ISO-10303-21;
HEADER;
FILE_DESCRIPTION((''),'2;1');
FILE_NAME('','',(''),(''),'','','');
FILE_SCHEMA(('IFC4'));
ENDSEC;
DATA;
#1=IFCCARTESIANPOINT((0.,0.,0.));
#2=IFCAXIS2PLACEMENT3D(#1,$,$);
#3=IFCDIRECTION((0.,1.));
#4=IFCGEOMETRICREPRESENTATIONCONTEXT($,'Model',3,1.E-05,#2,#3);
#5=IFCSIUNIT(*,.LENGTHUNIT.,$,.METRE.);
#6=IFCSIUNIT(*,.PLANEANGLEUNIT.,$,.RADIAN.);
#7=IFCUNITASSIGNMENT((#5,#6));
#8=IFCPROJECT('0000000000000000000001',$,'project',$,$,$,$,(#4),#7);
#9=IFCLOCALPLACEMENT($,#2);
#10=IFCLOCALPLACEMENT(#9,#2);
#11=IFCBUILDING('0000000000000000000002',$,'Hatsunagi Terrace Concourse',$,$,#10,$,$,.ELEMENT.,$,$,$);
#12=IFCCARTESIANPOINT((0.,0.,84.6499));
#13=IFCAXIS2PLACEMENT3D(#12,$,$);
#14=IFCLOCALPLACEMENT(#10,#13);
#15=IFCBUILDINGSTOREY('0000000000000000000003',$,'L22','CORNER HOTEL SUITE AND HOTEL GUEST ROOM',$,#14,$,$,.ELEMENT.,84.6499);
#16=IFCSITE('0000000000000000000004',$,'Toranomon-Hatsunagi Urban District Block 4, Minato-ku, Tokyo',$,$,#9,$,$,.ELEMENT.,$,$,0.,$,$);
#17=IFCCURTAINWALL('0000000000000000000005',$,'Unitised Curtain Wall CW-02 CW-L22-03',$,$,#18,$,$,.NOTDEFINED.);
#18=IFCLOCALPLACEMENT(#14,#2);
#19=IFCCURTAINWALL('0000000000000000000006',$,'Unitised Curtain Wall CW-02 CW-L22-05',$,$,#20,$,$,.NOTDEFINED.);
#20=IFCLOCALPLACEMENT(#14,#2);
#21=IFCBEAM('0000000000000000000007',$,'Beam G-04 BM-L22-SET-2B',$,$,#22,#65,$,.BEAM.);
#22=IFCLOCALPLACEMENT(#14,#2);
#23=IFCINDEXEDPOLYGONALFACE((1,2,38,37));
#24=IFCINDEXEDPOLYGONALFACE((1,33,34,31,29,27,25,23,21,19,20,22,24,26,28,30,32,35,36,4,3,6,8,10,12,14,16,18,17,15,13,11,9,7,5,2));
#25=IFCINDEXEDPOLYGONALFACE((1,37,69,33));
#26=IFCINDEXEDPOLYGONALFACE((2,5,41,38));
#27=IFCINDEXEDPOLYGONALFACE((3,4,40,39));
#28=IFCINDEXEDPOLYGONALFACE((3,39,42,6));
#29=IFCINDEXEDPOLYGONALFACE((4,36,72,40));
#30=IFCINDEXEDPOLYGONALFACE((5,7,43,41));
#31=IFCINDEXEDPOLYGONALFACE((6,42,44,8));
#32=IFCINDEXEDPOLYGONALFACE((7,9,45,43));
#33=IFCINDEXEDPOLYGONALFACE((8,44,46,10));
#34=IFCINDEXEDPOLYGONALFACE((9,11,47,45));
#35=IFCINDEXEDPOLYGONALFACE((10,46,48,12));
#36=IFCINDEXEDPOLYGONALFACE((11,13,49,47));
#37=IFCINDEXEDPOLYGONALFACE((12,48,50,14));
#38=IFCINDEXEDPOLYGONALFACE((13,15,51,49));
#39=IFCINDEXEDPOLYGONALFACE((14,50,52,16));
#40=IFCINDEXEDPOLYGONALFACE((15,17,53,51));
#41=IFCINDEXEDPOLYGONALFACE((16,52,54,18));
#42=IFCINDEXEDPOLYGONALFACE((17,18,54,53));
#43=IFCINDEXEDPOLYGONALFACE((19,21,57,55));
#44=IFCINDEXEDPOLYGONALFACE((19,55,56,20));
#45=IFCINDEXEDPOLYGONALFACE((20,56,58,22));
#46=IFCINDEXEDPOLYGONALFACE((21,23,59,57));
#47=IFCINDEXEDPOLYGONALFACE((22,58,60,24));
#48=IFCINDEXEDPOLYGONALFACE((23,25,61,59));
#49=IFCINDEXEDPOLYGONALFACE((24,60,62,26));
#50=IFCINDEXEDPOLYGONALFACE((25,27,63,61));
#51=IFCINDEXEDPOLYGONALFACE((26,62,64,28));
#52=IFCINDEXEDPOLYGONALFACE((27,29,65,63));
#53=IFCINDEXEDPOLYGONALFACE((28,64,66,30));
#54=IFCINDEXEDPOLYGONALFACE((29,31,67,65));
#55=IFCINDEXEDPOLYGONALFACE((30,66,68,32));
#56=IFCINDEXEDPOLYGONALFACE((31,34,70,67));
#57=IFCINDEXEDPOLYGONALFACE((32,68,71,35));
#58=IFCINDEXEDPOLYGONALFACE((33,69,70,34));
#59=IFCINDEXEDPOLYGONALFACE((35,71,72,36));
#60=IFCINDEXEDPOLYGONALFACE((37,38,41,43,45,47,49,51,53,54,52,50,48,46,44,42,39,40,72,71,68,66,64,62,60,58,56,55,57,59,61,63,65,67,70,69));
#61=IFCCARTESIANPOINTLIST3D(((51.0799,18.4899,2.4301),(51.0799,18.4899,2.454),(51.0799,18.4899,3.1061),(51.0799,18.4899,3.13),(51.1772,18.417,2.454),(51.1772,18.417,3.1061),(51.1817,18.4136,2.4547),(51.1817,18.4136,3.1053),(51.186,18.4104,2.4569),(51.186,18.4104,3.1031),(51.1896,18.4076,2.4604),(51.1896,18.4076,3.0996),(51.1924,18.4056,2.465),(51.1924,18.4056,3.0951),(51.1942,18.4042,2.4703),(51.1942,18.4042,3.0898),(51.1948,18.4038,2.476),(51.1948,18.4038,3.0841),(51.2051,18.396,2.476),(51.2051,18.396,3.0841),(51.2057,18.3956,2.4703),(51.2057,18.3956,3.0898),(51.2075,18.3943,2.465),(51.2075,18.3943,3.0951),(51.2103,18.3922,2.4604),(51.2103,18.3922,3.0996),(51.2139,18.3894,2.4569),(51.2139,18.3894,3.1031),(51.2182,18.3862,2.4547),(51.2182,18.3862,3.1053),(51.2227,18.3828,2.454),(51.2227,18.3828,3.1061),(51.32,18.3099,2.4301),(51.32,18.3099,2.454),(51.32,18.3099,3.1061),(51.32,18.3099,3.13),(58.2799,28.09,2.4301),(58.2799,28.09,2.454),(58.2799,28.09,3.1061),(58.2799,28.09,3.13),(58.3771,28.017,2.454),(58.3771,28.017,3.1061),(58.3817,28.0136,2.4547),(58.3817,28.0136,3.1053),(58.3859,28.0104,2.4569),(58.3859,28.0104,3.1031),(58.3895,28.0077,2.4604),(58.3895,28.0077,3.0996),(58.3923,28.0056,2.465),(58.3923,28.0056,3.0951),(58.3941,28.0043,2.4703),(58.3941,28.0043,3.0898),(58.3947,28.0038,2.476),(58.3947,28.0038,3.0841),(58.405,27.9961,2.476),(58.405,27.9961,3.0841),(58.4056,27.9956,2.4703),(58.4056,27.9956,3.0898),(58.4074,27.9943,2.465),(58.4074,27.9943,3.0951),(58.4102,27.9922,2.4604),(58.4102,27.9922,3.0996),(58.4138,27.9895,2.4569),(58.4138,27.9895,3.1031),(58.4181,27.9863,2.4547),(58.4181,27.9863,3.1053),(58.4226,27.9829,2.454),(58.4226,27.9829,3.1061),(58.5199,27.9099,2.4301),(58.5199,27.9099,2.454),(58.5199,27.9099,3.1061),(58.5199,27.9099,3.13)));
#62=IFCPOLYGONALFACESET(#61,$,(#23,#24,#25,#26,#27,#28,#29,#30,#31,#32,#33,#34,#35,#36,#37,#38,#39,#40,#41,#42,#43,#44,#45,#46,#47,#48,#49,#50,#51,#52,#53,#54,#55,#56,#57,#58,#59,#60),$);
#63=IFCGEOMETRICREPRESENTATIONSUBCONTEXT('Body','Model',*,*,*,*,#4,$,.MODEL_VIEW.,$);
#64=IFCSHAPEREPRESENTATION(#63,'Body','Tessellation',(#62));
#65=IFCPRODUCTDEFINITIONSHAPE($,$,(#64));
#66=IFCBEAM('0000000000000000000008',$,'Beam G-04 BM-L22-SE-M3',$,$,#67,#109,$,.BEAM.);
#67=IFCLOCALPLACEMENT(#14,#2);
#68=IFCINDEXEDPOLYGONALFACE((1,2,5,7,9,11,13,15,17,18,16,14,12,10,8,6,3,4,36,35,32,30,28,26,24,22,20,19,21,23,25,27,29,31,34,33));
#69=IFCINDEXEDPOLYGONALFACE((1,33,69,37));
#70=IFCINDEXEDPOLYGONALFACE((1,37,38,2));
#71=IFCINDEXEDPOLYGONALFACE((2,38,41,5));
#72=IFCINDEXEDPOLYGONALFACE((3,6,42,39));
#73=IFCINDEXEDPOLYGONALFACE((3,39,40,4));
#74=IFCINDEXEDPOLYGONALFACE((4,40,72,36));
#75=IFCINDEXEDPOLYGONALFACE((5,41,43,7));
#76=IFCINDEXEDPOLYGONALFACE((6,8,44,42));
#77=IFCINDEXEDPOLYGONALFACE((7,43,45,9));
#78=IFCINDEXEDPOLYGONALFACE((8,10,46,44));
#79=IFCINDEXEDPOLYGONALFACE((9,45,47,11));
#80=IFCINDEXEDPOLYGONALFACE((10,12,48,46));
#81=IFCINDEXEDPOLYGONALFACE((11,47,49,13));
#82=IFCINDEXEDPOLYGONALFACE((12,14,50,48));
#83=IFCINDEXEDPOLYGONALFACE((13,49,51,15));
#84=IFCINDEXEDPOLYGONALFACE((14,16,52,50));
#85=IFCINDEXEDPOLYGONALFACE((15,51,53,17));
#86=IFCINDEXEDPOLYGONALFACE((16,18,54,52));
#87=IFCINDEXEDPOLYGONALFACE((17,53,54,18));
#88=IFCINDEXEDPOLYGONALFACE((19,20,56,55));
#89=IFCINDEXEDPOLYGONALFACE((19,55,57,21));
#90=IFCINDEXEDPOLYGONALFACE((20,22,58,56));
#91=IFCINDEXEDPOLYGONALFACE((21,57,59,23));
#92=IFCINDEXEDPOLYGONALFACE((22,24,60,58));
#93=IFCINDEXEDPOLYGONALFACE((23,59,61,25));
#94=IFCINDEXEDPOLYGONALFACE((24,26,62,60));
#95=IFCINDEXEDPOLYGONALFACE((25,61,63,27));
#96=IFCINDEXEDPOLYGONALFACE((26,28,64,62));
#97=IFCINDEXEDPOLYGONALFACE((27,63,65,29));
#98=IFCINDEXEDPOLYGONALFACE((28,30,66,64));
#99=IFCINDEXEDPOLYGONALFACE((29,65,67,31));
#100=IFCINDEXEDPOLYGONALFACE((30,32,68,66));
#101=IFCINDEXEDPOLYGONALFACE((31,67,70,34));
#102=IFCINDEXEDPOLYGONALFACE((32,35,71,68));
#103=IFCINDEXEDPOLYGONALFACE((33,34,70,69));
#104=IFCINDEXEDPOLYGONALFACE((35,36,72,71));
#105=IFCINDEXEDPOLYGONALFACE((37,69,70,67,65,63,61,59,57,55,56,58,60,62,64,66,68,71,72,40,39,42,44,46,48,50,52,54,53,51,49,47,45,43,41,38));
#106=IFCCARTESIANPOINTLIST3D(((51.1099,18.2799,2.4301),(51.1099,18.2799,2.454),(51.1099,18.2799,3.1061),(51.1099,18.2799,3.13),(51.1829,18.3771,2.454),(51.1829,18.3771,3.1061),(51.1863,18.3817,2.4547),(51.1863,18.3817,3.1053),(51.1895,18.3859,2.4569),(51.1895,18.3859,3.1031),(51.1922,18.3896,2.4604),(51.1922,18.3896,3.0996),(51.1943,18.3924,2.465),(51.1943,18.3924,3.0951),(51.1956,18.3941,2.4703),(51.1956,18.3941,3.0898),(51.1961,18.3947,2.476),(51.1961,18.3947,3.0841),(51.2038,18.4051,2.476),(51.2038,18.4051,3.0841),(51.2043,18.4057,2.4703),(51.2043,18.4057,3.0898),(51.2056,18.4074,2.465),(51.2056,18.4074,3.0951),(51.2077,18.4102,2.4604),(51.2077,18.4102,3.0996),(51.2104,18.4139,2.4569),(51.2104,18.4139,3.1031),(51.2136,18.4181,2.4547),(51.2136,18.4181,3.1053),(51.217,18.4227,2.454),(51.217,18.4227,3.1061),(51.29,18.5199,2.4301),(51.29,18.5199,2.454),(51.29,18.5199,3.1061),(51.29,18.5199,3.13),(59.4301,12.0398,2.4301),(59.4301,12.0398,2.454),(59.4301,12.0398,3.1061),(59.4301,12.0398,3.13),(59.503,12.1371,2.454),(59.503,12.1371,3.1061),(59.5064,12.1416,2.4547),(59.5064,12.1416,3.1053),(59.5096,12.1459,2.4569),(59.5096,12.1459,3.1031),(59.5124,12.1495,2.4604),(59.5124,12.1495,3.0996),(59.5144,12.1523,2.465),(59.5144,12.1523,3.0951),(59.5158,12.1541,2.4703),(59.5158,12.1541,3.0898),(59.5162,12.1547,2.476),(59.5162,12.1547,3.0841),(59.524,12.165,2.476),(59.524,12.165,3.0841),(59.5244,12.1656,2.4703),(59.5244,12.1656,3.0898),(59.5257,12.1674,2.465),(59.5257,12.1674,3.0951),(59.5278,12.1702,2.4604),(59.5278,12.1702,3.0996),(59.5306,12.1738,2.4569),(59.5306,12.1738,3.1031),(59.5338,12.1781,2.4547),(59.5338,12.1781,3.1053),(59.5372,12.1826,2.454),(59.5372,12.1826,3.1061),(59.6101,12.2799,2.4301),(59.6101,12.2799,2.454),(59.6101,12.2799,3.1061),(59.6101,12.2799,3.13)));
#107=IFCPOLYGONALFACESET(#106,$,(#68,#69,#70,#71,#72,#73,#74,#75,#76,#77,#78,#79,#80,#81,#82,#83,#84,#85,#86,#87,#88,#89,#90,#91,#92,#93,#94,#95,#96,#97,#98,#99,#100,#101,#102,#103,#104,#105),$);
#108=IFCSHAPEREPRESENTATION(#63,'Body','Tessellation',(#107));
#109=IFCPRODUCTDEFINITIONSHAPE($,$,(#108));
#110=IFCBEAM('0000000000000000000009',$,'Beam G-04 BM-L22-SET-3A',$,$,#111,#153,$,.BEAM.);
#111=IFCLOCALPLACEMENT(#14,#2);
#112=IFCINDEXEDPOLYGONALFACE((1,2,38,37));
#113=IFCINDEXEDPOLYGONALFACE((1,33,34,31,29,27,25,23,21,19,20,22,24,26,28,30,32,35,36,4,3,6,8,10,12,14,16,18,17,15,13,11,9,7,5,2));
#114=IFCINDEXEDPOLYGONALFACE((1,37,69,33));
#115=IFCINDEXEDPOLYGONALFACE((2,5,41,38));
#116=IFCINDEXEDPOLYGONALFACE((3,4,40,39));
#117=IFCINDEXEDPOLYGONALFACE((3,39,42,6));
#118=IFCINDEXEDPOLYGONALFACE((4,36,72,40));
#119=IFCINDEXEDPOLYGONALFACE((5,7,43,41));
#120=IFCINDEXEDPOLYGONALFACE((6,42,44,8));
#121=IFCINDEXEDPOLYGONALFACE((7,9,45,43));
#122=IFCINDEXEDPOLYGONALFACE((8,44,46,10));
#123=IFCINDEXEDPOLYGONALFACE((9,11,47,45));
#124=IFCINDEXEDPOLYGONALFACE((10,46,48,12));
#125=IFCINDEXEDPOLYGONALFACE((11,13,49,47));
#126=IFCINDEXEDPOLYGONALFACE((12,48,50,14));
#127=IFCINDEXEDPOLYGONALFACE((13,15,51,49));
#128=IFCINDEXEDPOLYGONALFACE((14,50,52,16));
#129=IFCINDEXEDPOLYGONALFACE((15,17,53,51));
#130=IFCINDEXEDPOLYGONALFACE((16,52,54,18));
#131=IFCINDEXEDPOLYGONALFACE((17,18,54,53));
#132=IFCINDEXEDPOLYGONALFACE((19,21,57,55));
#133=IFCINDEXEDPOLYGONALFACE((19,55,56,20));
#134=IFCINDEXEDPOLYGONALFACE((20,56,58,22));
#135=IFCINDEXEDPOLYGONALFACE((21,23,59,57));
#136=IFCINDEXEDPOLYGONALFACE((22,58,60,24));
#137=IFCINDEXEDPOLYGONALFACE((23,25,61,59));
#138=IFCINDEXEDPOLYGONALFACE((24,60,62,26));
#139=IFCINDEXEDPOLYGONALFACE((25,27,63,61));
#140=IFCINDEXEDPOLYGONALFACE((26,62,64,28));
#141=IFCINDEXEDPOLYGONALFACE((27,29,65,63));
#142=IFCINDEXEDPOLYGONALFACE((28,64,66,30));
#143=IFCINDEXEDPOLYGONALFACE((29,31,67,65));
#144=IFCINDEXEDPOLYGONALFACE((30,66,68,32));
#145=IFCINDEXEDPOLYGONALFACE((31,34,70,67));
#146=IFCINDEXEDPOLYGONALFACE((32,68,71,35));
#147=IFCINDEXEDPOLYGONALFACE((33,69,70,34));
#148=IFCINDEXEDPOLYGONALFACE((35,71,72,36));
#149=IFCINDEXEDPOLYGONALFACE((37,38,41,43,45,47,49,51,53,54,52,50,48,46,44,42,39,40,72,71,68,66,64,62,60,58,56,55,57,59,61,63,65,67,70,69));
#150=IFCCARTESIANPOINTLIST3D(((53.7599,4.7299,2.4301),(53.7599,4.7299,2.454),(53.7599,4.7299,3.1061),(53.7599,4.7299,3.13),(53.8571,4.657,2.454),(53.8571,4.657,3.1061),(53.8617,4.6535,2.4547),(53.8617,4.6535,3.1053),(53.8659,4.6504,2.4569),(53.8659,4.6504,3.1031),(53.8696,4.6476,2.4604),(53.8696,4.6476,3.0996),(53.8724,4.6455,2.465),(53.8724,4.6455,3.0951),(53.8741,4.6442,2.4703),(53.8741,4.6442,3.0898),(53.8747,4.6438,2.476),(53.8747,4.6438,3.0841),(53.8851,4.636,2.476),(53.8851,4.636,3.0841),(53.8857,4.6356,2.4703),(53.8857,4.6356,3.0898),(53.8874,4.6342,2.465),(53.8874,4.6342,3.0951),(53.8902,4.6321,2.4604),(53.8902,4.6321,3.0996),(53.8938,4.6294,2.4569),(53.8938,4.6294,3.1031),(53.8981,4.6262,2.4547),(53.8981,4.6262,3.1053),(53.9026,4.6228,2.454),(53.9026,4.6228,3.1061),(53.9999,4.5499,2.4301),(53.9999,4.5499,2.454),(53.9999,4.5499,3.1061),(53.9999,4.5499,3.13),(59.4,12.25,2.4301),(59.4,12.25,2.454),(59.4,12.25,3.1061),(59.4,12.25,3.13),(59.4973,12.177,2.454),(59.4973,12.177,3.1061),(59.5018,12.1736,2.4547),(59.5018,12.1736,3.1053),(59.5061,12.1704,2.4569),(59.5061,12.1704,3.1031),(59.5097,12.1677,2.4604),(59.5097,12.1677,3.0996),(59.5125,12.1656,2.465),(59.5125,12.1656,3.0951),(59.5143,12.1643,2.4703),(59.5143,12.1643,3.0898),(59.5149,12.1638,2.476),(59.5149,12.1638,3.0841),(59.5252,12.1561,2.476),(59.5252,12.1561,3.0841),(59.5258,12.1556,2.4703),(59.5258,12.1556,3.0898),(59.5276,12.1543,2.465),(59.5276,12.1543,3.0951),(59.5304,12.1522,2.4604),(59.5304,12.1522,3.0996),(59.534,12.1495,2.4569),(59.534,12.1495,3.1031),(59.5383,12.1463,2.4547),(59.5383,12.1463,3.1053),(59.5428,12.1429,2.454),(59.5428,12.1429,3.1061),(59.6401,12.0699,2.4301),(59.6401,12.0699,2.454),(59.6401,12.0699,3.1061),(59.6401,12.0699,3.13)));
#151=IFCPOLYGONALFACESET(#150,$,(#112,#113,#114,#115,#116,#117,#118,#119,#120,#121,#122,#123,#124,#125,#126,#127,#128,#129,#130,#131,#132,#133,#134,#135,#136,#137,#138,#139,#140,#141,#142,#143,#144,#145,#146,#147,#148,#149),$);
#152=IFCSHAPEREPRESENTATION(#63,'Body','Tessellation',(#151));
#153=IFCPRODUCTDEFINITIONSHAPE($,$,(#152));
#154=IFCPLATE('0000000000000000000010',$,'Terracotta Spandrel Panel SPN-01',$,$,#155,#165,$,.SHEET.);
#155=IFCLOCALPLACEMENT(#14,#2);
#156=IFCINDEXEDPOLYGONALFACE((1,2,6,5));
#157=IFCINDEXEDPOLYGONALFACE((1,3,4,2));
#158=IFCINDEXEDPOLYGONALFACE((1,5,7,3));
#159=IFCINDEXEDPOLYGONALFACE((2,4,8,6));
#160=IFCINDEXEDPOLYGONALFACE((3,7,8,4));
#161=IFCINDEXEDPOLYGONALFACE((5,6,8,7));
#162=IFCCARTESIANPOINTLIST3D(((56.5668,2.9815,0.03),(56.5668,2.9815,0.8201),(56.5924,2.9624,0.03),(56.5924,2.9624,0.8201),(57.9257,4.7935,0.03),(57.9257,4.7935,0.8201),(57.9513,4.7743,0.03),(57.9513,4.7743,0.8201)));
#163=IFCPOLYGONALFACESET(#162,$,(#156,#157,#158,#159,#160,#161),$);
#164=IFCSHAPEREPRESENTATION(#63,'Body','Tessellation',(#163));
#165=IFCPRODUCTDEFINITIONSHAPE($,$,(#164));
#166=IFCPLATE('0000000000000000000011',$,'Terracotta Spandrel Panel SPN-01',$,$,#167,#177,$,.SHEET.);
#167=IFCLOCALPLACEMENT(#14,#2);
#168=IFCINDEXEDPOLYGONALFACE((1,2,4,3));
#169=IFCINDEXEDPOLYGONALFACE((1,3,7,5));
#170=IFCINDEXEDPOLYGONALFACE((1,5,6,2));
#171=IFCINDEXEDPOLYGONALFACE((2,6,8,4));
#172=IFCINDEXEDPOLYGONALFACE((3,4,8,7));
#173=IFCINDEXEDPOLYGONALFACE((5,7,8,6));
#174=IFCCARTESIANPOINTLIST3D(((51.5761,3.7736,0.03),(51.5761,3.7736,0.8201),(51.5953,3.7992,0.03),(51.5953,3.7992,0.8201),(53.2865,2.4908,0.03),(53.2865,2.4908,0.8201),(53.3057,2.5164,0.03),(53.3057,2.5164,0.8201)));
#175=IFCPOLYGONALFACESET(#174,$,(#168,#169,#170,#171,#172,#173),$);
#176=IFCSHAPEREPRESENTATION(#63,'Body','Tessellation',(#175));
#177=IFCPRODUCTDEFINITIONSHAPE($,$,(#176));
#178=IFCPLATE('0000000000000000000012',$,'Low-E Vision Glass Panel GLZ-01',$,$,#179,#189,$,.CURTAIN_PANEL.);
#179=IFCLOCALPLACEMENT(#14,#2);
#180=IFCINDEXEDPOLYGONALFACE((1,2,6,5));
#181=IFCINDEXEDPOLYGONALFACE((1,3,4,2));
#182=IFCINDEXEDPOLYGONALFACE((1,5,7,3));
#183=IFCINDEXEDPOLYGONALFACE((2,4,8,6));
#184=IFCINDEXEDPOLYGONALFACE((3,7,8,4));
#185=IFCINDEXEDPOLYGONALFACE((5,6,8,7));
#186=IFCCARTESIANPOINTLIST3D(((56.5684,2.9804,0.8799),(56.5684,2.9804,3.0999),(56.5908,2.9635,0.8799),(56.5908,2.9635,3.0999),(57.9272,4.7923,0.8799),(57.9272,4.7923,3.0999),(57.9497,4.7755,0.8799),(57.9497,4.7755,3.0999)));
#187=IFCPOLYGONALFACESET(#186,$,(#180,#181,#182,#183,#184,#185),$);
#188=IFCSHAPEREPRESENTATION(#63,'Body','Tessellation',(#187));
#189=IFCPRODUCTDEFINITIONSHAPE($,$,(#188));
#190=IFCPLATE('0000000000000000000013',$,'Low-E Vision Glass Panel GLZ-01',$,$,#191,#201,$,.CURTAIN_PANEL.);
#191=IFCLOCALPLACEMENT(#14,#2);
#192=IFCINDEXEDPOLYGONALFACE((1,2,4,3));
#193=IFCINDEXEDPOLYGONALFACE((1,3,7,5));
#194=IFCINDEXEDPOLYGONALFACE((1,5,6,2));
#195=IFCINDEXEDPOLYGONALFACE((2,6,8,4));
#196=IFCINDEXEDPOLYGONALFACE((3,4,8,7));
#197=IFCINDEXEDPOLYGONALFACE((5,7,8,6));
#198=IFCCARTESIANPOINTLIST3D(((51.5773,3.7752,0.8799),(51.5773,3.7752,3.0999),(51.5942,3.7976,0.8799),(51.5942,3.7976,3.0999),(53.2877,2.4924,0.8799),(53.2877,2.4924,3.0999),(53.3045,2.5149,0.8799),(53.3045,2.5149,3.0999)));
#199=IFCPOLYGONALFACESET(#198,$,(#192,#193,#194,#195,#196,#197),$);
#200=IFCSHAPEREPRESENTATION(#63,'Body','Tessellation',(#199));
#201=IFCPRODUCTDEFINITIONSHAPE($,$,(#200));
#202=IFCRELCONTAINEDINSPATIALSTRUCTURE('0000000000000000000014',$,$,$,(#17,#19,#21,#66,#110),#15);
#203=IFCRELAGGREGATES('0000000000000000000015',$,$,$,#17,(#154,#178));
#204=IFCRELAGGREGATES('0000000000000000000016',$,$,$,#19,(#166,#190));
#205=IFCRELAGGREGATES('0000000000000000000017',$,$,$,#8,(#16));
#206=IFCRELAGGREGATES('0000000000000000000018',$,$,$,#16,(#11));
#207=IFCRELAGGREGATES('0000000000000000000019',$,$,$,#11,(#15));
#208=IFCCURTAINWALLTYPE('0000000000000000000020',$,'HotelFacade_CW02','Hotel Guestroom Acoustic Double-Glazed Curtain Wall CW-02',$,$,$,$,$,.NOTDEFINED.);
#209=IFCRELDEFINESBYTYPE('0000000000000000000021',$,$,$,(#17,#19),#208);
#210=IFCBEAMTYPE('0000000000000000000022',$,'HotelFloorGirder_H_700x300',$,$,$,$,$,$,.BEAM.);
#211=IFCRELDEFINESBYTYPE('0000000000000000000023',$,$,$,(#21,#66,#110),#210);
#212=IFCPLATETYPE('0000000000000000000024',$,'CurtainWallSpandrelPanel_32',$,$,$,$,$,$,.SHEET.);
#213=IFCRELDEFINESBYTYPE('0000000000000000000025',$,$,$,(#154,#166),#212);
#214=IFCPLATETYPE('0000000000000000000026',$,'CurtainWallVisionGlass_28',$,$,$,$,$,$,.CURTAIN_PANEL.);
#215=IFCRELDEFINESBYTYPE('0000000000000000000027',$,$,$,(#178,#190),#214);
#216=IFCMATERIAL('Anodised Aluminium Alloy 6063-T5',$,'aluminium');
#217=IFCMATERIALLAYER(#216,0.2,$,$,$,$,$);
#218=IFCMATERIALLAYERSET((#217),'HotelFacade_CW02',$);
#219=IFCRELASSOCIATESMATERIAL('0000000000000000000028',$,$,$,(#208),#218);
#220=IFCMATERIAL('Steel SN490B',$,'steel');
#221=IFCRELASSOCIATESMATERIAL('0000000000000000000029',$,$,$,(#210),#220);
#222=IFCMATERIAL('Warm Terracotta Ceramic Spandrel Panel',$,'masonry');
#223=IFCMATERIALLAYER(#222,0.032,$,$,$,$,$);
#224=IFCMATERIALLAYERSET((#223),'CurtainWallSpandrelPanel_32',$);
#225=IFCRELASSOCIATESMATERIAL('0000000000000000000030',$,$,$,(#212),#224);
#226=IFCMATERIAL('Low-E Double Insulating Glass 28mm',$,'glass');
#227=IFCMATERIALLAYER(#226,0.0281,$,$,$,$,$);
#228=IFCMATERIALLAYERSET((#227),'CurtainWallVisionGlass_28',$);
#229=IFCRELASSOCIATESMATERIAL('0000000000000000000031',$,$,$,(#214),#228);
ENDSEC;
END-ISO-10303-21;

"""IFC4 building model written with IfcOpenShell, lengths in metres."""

from ifc_helpers import new_model, si_unit, direction, frame, origin, origin_2d, place, context, subcontext, project, spatial, rectangle, i_section, extrude, material, layer, layer_set, material_profile, profile_set, type_object, element, aggregate, save


model = new_model("IFC4")

# Units and contexts
model_context = context("Model", 3, precision=1e-05, world=origin(), true_north=direction((0.0, 1.0)))
body_context = subcontext(model_context, "Body", "Model", "MODEL_VIEW")
ifc_project = project(units=[si_unit("LENGTHUNIT", "METRE"), si_unit("PLANEANGLEUNIT", "RADIAN")], contexts=[model_context])

# Site, building, storey
site_placement = place(None, origin())
site = spatial("IfcSite", under=ifc_project, at=site_placement, Name="Toranomon-Hatsunagi Urban District Block 4, Minato-ku, Tokyo", CompositionType="ELEMENT", RefElevation=0.0)
building_placement = place(site_placement, origin())
building = spatial("IfcBuilding", under=site, at=building_placement, Name="Hatsunagi Terrace Concourse", CompositionType="ELEMENT")
storey_placement = place(building_placement, frame((0.0, 0.0, 84.6499)))
storey = spatial("IfcBuildingStorey", under=building, at=storey_placement, Name="L22", Description="CORNER HOTEL SUITE AND HOTEL GUEST ROOM", CompositionType="ELEMENT", Elevation=84.6499)

# Curtain walls
ifc_material_1 = material(Name="Anodised Aluminium Alloy 6063-T5", Category="aluminium")
ifc_layer_1 = layer(ifc_material_1, 0.2)
ifc_layer_set_1 = layer_set([ifc_layer_1], Name="HotelFacade_CW02")
curtain_wall_type = type_object("IfcCurtainWallType", Name="HotelFacade_CW02", Description="Hotel Guestroom Acoustic Double-Glazed Curtain Wall CW-02", PredefinedType="NOTDEFINED", material=ifc_layer_set_1)
curtain_wall_1_placement = place(storey_placement, origin())
curtain_wall_1 = element("IfcCurtainWall", 1, at=curtain_wall_1_placement, inside=storey, type_object=curtain_wall_type, Name="Unitised Curtain Wall CW-02 CW-L22-03", PredefinedType="NOTDEFINED")
curtain_wall_2_placement = place(storey_placement, origin())
curtain_wall_2 = element("IfcCurtainWall", 2, at=curtain_wall_2_placement, inside=storey, type_object=curtain_wall_type, Name="Unitised Curtain Wall CW-02 CW-L22-05", PredefinedType="NOTDEFINED")

# Beams
ifc_material_2 = material(Name="Steel SN490B", Category="steel")
ifc_material_profile_1 = material_profile(ifc_material_2, i_section(OverallWidth=0.3, OverallDepth=0.7, WebThickness=0.0129, FlangeThickness=0.0239, FilletRadius=0.022, at=origin_2d()), Name="H-700x300x13x24")
ifc_profile_set_1 = profile_set([ifc_material_profile_1], Name="Steel SN490B")
beam_type = type_object("IfcBeamType", Name="HotelFloorGirder_H_700x300", PredefinedType="BEAM", material=ifc_profile_set_1)
beam_1_placement = place(storey_placement, frame((51.2, 18.3999, 2.78), z_axis=(0.599993, 0.800005, 0.0), x_axis=(-0.800005, 0.599993, 0.0)))
element("IfcBeam", 3, at=beam_1_placement, inside=storey, type_object=beam_type, Name="Beam G-04 BM-L22-SET-2B", PredefinedType="BEAM", context=body_context, shape_type="SweptSolid", body=[
    extrude(i_section(OverallWidth=0.3, OverallDepth=0.7, WebThickness=0.0129, FlangeThickness=0.0239, FilletRadius=0.022, at=origin_2d()), origin(), (0.0, 0.0, 1.0), 12.0),
])
beam_2_placement = place(storey_placement, frame((51.2, 18.3999, 2.78), z_axis=(0.800003, -0.599996, 0.0), x_axis=(0.599996, 0.800003, 0.0)))
element("IfcBeam", 4, at=beam_2_placement, inside=storey, type_object=beam_type, Name="Beam G-04 BM-L22-SE-M3", PredefinedType="BEAM", context=body_context, shape_type="SweptSolid", body=[
    extrude(i_section(OverallWidth=0.3, OverallDepth=0.7, WebThickness=0.0129, FlangeThickness=0.0239, FilletRadius=0.022, at=origin_2d()), origin(), (0.0, 0.0, 1.0), 10.4001),
])
beam_3_placement = place(storey_placement, frame((53.8799, 4.6399, 2.78), z_axis=(0.600008, 0.799994, 0.0), x_axis=(-0.799994, 0.600008, 0.0)))
element("IfcBeam", 5, at=beam_3_placement, inside=storey, type_object=beam_type, Name="Beam G-04 BM-L22-SET-3A", PredefinedType="BEAM", context=body_context, shape_type="SweptSolid", body=[
    extrude(i_section(OverallWidth=0.3, OverallDepth=0.7, WebThickness=0.0129, FlangeThickness=0.0239, FilletRadius=0.022, at=origin_2d()), origin(), (0.0, 0.0, 1.0), 9.4001),
])

# Plates
ifc_material_3 = material(Name="Warm Terracotta Ceramic Spandrel Panel", Category="masonry")
ifc_layer_2 = layer(ifc_material_3, 0.032)
ifc_layer_set_2 = layer_set([ifc_layer_2], Name="CurtainWallSpandrelPanel_32")
plate_type_1 = type_object("IfcPlateType", Name="CurtainWallSpandrelPanel_32", PredefinedType="SHEET", material=ifc_layer_set_2)
plate_1_placement = place(storey_placement, frame((57.259, 3.8779, 0.03), z_axis=(0.0, 0.0, 1.0), x_axis=(-0.599969, -0.800023, 0.0)))
plate_1 = element("IfcPlate", 6, at=plate_1_placement, type_object=plate_type_1, Name="Terracotta Spandrel Panel SPN-01", PredefinedType="SHEET", context=body_context, shape_type="SweptSolid", body=[
    extrude(rectangle(XDim=2.2649, YDim=0.032, at=origin_2d()), origin(), (0.0, 0.0, 1.0), 0.79),
])
plate_2_placement = place(storey_placement, frame((52.4409, 3.145, 0.03), z_axis=(0.0, 0.0, 1.0), x_axis=(-0.800003, 0.599996, 0.0)))
plate_2 = element("IfcPlate", 7, at=plate_2_placement, type_object=plate_type_1, Name="Terracotta Spandrel Panel SPN-01", PredefinedType="SHEET", context=body_context, shape_type="SweptSolid", body=[
    extrude(rectangle(XDim=2.1379, YDim=0.032, at=origin_2d()), origin(), (0.0, 0.0, 1.0), 0.79),
])
ifc_material_4 = material(Name="Low-E Double Insulating Glass 28mm", Category="glass")
ifc_layer_3 = layer(ifc_material_4, 0.0281)
ifc_layer_set_3 = layer_set([ifc_layer_3], Name="CurtainWallVisionGlass_28")
plate_type_2 = type_object("IfcPlateType", Name="CurtainWallVisionGlass_28", PredefinedType="CURTAIN_PANEL", material=ifc_layer_set_3)
plate_3_placement = place(storey_placement, frame((57.259, 3.8779, 0.8799), z_axis=(0.0, 0.0, 1.0), x_axis=(-0.599969, -0.800023, 0.0)))
plate_3 = element("IfcPlate", 8, at=plate_3_placement, type_object=plate_type_2, Name="Low-E Vision Glass Panel GLZ-01", PredefinedType="CURTAIN_PANEL", context=body_context, shape_type="SweptSolid", body=[
    extrude(rectangle(XDim=2.2649, YDim=0.0281, at=origin_2d()), origin(), (0.0, 0.0, 1.0), 2.22),
])
aggregate(curtain_wall_1, [plate_1, plate_3])
plate_4_placement = place(storey_placement, frame((52.4409, 3.145, 0.8799), z_axis=(0.0, 0.0, 1.0), x_axis=(-0.800003, 0.599996, 0.0)))
plate_4 = element("IfcPlate", 9, at=plate_4_placement, type_object=plate_type_2, Name="Low-E Vision Glass Panel GLZ-01", PredefinedType="CURTAIN_PANEL", context=body_context, shape_type="SweptSolid", body=[
    extrude(rectangle(XDim=2.1379, YDim=0.0281, at=origin_2d()), origin(), (0.0, 0.0, 1.0), 2.22),
])
aggregate(curtain_wall_2, [plate_2, plate_4])

save(model, "model.ifc")
